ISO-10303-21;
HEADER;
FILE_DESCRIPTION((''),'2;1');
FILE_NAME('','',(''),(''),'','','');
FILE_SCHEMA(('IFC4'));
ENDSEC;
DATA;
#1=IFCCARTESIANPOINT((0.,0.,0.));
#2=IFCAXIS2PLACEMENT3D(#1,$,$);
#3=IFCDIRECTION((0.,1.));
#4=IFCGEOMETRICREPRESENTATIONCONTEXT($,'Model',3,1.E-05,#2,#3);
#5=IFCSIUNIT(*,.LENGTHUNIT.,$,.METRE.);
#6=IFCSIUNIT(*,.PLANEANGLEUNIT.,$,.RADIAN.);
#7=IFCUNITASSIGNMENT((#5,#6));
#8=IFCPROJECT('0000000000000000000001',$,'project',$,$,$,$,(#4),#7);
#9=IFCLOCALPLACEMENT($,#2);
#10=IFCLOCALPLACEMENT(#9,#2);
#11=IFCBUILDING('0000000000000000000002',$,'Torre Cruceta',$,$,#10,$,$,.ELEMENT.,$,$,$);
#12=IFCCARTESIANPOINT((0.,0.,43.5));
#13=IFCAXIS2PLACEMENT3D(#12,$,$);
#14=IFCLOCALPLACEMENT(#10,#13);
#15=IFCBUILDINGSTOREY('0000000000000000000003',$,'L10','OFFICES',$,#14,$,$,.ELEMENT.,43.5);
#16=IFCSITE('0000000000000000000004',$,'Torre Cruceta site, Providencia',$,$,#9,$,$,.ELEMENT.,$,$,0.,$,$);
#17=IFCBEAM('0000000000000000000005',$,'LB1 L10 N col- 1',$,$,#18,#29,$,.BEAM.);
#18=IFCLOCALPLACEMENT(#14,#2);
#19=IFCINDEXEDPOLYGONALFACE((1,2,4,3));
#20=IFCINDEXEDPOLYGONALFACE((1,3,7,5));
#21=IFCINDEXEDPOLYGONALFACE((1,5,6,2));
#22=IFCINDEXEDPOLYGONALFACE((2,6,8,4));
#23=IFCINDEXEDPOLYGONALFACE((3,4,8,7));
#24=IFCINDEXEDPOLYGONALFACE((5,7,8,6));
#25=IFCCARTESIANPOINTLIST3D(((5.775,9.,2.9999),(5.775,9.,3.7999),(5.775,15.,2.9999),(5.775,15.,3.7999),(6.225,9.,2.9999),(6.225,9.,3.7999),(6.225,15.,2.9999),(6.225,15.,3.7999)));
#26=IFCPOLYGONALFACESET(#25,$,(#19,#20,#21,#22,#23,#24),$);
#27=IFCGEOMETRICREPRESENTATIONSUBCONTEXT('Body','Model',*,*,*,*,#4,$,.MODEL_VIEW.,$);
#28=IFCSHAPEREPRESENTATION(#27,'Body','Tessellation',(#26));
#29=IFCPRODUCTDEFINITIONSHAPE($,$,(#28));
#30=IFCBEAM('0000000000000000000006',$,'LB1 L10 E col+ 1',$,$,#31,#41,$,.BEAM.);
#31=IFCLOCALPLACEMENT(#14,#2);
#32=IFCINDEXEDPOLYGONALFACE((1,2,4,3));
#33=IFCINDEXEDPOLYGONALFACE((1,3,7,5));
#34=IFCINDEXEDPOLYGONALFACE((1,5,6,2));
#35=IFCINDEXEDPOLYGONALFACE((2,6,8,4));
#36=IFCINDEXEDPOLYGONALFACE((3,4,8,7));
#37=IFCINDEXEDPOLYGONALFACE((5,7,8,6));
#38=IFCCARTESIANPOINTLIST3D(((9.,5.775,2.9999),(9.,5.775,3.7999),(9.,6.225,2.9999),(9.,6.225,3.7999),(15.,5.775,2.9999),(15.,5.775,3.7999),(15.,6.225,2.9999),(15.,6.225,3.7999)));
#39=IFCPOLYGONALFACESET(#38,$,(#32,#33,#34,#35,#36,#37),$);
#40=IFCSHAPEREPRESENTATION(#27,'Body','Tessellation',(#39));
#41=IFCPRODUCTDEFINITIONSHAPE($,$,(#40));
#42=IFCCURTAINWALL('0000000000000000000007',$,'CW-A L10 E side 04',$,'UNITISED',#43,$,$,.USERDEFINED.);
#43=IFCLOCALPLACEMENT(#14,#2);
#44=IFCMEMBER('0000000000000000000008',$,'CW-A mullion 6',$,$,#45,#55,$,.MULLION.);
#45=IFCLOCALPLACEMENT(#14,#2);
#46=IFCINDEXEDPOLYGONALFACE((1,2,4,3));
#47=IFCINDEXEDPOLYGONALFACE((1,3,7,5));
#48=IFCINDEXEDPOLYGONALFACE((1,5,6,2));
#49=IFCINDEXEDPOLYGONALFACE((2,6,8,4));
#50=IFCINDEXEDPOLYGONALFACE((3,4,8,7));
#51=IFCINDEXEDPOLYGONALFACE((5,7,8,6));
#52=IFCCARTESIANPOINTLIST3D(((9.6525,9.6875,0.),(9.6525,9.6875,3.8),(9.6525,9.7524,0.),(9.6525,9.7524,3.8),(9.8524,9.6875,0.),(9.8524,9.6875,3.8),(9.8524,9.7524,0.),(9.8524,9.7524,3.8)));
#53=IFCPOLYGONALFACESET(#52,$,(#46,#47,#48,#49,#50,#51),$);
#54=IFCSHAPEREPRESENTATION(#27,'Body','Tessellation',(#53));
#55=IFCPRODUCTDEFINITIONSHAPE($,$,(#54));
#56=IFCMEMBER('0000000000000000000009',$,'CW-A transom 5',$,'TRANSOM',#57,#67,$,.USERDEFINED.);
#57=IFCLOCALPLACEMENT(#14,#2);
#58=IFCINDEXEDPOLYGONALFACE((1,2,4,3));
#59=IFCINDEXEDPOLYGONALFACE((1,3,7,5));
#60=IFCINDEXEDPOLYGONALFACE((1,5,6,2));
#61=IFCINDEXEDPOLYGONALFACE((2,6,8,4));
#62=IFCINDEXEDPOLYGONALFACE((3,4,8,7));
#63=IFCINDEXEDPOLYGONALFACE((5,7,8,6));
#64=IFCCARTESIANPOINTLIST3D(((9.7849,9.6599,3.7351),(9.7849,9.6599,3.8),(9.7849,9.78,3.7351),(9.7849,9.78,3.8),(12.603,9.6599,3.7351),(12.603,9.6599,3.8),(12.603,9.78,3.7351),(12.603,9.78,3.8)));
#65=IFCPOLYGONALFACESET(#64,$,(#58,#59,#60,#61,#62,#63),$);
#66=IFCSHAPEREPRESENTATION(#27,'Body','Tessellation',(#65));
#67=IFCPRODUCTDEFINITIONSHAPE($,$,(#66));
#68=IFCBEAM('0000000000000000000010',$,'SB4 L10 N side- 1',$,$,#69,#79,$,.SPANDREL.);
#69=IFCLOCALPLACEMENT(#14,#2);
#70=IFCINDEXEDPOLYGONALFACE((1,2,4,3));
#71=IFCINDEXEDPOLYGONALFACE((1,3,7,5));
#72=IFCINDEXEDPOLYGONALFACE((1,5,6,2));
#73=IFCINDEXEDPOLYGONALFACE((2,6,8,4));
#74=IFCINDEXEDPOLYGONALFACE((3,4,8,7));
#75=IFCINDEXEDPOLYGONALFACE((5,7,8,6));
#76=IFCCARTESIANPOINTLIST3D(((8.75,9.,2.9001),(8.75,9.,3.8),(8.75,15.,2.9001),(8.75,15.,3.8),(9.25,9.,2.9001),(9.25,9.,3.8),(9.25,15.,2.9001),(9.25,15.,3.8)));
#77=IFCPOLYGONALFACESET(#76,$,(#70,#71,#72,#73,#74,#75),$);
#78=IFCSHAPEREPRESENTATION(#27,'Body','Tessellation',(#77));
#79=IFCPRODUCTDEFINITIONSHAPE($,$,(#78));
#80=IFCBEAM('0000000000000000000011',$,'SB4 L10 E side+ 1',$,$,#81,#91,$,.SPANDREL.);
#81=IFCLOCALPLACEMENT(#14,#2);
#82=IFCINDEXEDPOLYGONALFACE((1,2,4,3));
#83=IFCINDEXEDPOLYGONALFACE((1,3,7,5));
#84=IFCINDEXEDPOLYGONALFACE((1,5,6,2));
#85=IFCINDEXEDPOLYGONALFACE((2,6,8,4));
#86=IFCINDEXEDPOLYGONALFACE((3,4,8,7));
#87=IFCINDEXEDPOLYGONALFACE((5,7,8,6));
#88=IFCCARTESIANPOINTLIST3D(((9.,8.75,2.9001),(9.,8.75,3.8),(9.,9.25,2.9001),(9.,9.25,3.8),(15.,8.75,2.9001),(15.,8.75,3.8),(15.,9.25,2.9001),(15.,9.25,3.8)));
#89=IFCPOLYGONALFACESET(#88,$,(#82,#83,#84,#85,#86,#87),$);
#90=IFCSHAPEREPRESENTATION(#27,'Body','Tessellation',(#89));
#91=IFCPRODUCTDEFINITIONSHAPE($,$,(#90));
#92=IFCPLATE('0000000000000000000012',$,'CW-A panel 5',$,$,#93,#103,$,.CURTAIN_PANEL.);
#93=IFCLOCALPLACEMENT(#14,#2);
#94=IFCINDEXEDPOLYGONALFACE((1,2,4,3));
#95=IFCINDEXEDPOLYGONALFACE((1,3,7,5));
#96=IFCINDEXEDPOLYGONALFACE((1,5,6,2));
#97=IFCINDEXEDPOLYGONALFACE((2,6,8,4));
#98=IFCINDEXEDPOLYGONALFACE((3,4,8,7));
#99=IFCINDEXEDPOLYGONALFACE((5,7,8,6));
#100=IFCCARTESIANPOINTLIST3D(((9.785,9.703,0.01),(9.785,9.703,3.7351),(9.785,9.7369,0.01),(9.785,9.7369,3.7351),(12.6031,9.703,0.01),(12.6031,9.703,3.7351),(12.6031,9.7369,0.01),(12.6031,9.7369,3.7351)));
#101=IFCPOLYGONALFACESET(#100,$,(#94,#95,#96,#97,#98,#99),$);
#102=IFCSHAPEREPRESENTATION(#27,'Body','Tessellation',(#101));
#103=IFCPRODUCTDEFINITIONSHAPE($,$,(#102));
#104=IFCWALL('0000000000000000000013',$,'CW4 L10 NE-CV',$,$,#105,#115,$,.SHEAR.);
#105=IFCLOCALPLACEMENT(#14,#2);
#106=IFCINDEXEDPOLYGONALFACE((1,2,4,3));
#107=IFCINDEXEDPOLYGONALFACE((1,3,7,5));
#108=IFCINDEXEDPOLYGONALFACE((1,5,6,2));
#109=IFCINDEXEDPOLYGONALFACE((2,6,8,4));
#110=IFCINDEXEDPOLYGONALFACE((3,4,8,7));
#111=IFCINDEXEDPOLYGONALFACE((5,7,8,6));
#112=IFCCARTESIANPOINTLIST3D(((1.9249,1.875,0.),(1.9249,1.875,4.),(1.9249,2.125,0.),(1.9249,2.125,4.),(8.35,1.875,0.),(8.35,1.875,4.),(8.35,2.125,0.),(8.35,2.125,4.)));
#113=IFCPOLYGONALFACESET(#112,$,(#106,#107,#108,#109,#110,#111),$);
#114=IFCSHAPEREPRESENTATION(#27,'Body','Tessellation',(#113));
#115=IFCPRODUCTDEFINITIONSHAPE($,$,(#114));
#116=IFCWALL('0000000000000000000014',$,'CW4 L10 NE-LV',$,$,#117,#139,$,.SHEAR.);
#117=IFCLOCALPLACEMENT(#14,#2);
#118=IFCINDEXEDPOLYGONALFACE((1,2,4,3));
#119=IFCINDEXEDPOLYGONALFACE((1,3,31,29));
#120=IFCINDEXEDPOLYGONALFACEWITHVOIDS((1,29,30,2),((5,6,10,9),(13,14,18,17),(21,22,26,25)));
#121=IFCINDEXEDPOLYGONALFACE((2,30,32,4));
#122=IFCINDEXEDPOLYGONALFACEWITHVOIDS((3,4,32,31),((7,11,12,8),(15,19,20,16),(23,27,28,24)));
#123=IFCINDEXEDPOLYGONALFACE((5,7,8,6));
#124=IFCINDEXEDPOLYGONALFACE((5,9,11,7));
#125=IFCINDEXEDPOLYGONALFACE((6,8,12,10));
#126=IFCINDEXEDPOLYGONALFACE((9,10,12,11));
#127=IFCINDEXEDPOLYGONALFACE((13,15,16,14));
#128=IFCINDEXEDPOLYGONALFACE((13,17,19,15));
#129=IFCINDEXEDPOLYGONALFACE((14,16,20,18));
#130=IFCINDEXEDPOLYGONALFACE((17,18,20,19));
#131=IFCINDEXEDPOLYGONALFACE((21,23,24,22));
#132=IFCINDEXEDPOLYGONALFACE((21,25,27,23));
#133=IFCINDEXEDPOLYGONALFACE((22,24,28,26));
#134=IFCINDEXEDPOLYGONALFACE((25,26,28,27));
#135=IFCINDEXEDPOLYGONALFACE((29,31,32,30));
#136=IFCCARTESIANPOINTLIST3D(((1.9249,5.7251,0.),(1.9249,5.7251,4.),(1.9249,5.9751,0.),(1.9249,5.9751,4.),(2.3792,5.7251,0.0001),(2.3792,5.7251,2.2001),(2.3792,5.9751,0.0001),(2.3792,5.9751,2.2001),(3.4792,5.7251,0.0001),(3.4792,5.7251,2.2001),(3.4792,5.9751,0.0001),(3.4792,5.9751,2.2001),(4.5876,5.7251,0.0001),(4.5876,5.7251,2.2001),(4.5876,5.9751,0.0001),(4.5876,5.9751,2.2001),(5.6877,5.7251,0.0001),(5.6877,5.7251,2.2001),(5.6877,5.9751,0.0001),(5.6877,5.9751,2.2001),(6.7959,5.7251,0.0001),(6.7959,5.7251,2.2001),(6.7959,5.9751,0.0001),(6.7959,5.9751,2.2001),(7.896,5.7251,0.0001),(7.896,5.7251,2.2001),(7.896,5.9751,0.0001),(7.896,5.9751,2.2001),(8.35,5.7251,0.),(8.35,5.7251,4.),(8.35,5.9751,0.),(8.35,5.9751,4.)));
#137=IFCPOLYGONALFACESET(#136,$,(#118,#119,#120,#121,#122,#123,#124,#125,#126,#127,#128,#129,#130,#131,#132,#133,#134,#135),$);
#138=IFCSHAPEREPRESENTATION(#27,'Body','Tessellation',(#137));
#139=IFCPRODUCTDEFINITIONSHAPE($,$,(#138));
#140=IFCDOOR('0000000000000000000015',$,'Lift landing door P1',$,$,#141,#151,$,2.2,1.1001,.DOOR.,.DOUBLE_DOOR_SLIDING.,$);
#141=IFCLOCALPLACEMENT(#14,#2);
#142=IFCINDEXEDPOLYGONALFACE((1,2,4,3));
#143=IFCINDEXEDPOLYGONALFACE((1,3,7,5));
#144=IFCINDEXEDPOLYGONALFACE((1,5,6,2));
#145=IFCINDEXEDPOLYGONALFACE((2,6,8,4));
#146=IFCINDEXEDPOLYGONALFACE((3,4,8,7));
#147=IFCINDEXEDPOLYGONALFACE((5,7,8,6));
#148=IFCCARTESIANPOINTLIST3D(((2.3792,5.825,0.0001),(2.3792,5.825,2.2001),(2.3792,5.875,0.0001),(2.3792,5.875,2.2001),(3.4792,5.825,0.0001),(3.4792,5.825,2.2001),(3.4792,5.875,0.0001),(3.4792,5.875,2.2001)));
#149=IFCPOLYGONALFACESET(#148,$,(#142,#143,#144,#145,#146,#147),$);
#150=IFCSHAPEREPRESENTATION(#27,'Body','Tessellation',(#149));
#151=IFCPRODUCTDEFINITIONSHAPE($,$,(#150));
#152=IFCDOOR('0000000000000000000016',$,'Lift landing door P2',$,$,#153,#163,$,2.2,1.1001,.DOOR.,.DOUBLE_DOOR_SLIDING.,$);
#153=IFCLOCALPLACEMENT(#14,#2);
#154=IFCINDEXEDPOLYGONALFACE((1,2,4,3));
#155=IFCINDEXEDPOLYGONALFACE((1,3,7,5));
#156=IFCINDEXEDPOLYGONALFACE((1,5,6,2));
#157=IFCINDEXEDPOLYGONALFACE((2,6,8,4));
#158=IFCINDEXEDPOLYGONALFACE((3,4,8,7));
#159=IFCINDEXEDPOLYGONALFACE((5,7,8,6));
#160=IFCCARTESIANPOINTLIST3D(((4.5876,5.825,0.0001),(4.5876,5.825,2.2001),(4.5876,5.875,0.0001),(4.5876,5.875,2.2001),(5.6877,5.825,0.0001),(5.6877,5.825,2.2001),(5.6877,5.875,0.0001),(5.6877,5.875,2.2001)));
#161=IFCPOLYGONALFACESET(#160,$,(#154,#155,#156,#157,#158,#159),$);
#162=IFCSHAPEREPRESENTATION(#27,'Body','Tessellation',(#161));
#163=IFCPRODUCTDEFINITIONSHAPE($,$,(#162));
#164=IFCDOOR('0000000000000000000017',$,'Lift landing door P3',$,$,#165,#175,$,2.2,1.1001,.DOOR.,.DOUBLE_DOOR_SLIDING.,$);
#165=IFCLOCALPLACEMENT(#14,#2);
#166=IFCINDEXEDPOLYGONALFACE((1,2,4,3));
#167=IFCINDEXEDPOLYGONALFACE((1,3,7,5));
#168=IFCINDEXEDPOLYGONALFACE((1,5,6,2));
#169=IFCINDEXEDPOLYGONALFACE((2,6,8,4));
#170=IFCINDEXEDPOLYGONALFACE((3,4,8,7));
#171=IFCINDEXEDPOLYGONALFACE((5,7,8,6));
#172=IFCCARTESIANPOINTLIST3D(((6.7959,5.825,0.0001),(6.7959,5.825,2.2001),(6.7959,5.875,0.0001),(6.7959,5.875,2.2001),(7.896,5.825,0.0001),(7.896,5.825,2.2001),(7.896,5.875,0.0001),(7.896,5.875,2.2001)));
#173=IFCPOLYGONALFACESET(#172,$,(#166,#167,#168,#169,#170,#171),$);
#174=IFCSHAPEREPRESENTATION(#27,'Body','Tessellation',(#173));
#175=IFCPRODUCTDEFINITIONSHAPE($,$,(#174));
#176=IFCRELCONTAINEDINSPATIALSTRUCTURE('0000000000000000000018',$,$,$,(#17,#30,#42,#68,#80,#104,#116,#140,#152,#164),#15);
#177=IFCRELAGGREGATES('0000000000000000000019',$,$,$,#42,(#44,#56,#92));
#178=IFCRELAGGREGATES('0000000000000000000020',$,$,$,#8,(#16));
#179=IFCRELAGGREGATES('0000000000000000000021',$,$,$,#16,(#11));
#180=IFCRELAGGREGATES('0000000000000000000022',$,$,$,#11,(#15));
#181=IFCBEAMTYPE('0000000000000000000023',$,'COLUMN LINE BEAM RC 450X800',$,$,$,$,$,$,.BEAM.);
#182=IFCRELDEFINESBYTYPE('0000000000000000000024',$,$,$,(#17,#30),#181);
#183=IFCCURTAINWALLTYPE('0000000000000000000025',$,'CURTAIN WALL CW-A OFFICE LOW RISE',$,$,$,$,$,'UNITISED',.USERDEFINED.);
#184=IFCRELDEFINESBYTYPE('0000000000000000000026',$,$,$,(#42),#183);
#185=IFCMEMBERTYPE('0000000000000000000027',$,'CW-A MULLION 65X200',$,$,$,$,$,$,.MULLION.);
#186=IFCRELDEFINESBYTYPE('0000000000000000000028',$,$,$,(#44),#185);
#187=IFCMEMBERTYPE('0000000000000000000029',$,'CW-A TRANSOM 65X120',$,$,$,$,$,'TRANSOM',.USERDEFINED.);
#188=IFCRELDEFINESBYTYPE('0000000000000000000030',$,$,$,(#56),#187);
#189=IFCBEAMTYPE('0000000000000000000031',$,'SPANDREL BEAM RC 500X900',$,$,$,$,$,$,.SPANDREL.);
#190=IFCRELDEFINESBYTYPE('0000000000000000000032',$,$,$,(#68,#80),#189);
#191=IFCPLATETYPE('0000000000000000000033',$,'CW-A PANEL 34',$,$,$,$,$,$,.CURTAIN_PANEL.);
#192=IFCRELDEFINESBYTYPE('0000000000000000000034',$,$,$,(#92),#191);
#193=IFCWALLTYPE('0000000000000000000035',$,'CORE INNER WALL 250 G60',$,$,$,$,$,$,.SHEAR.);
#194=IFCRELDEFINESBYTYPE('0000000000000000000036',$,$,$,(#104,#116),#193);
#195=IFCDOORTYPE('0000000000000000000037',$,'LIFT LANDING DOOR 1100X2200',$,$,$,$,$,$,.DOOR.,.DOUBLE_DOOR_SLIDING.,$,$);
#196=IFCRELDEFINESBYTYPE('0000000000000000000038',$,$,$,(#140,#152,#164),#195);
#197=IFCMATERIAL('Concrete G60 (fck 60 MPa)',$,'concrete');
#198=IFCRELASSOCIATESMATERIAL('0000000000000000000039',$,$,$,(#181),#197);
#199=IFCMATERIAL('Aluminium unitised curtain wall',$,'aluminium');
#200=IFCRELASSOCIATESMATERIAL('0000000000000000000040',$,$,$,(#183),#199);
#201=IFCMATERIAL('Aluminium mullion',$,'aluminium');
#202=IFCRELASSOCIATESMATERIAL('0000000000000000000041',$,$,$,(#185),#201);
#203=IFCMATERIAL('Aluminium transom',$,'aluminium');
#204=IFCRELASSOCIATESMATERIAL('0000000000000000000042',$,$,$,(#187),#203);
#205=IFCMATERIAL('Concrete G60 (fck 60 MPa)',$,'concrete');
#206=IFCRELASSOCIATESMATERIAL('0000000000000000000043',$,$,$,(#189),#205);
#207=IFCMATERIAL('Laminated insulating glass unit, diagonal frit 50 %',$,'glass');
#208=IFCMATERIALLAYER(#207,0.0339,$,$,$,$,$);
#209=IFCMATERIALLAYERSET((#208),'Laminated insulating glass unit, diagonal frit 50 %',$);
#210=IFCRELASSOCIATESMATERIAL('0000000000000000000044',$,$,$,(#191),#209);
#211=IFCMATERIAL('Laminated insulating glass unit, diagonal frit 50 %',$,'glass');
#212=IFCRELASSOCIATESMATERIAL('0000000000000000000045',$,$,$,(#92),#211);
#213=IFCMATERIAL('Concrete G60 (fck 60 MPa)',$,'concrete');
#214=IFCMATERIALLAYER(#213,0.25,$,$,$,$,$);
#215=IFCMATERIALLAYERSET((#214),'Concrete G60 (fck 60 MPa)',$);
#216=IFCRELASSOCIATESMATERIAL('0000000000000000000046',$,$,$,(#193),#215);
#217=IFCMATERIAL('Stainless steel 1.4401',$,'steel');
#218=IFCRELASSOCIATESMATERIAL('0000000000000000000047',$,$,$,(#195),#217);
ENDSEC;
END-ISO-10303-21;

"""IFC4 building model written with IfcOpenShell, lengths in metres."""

from ifc_helpers import new_model, si_unit, direction, frame, frame_2d, origin, origin_2d, place, context, subcontext, project, spatial, rectangle, extrude, material, layer, layer_set, material_profile, profile_set, type_object, element, fill, aggregate, save


model = new_model("IFC4")

# Units and contexts
model_context = context("Model", 3, precision=1e-05, world=origin(), true_north=direction((0.0, 1.0)))
body_context = subcontext(model_context, "Body", "Model", "MODEL_VIEW")
ifc_project = project(units=[si_unit("LENGTHUNIT", "METRE"), si_unit("PLANEANGLEUNIT", "RADIAN")], contexts=[model_context])

# Site, building, storey
site_placement = place(None, origin())
site = spatial("IfcSite", under=ifc_project, at=site_placement, Name="Torre Cruceta site, Providencia", CompositionType="ELEMENT", RefElevation=0.0)
building_placement = place(site_placement, origin())
building = spatial("IfcBuilding", under=site, at=building_placement, Name="Torre Cruceta", CompositionType="ELEMENT")
storey_placement = place(building_placement, frame((0.0, 0.0, 43.5)))
storey = spatial("IfcBuildingStorey", under=building, at=storey_placement, Name="L10", Description="OFFICES", CompositionType="ELEMENT", Elevation=43.5)

# Beams
ifc_material_1 = material(Name="Concrete G60 (fck 60 MPa)", Category="concrete")
ifc_material_profile_1 = material_profile(ifc_material_1, rectangle(XDim=0.45, YDim=0.8, at=origin_2d()), Name="RC 450X800")
ifc_profile_set_1 = profile_set([ifc_material_profile_1], Name="Concrete G60 (fck 60 MPa)")
beam_type_1 = type_object("IfcBeamType", Name="COLUMN LINE BEAM RC 450X800", PredefinedType="BEAM", material=ifc_profile_set_1)
for number, where, z_axis, x_axis, name in (
    (1, (6.0, 9.0, 3.3999), (0.0, 1.0, 0.0), (-1.0, 0.0, 0.0), "LB1 L10 N col- 1"),
    (2, (9.0, 6.0, 3.3999), (1.0, 0.0, 0.0), (0.0, 1.0, 0.0), "LB1 L10 E col+ 1"),
):
    element("IfcBeam", number, at=place(storey_placement, frame(where, z_axis=z_axis, x_axis=x_axis)), inside=storey, type_object=beam_type_1, Name=name, PredefinedType="BEAM", context=body_context, shape_type="SweptSolid", body=[
        extrude(rectangle(XDim=0.45, YDim=0.8, at=origin_2d()), origin(), (0.0, 0.0, 1.0), 6.0),
    ])

# Curtain wall, members
ifc_material_2 = material(Name="Aluminium unitised curtain wall", Category="aluminium")
curtain_wall_type = type_object("IfcCurtainWallType", Name="CURTAIN WALL CW-A OFFICE LOW RISE", ElementType="UNITISED", PredefinedType="USERDEFINED", material=ifc_material_2)
curtain_wall_placement = place(storey_placement, origin())
curtain_wall = element("IfcCurtainWall", 3, at=curtain_wall_placement, inside=storey, type_object=curtain_wall_type, Name="CW-A L10 E side 04", ObjectType="UNITISED", PredefinedType="USERDEFINED")
ifc_material_3 = material(Name="Aluminium mullion", Category="aluminium")
ifc_material_profile_2 = material_profile(ifc_material_3, rectangle(XDim=0.0649, YDim=0.2, at=origin_2d()), Name="AL 65X200")
ifc_profile_set_2 = profile_set([ifc_material_profile_2], Name="Aluminium mullion")
member_type_1 = type_object("IfcMemberType", Name="CW-A MULLION 65X200", PredefinedType="MULLION", material=ifc_profile_set_2)
member_1_placement = place(storey_placement, frame((9.7524, 9.72, 0.0), z_axis=(0.0, 0.0, 1.0), x_axis=(0.0, -1.0, 0.0)))
member_1 = element("IfcMember", 4, at=member_1_placement, type_object=member_type_1, Name="CW-A mullion 6", PredefinedType="MULLION", context=body_context, shape_type="SweptSolid", body=[
    extrude(rectangle(XDim=0.0649, YDim=0.2, at=origin_2d()), origin(), (0.0, 0.0, 1.0), 3.8),
])
ifc_material_4 = material(Name="Aluminium transom", Category="aluminium")
ifc_material_profile_3 = material_profile(ifc_material_4, rectangle(XDim=0.1201, YDim=0.0649, at=origin_2d()), Name="AL 120X65")
ifc_profile_set_3 = profile_set([ifc_material_profile_3], Name="Aluminium transom")
member_type_2 = type_object("IfcMemberType", Name="CW-A TRANSOM 65X120", ElementType="TRANSOM", PredefinedType="USERDEFINED", material=ifc_profile_set_3)
member_2_placement = place(storey_placement, frame((12.603, 9.72, 3.7676), z_axis=(-1.0, 0.0, 0.0), x_axis=(0.0, -1.0, 0.0)))
member_2 = element("IfcMember", 5, at=member_2_placement, type_object=member_type_2, Name="CW-A transom 5", ObjectType="TRANSOM", PredefinedType="USERDEFINED", context=body_context, shape_type="SweptSolid", body=[
    extrude(rectangle(XDim=0.1201, YDim=0.0649, at=origin_2d()), origin(), (0.0, 0.0, 1.0), 2.8181),
])

# Beams
ifc_material_5 = material(Name="Concrete G60 (fck 60 MPa)", Category="concrete")
ifc_material_profile_4 = material_profile(ifc_material_5, rectangle(XDim=0.5, YDim=0.8999, at=origin_2d()), Name="RC 500X900")
ifc_profile_set_4 = profile_set([ifc_material_profile_4], Name="Concrete G60 (fck 60 MPa)")
beam_type_2 = type_object("IfcBeamType", Name="SPANDREL BEAM RC 500X900", PredefinedType="SPANDREL", material=ifc_profile_set_4)
for number, where, z_axis, x_axis, name in (
    (6, (9.0, 9.0, 3.3501), (0.0, 1.0, 0.0), (-1.0, 0.0, 0.0), "SB4 L10 N side- 1"),
    (7, (9.0, 9.0, 3.3501), (1.0, 0.0, 0.0), (0.0, 1.0, 0.0), "SB4 L10 E side+ 1"),
):
    element("IfcBeam", number, at=place(storey_placement, frame(where, z_axis=z_axis, x_axis=x_axis)), inside=storey, type_object=beam_type_2, Name=name, PredefinedType="SPANDREL", context=body_context, shape_type="SweptSolid", body=[
        extrude(rectangle(XDim=0.5, YDim=0.8999, at=origin_2d()), origin(), (0.0, 0.0, 1.0), 6.0),
    ])

# Plate
ifc_material_6 = material(Name="Laminated insulating glass unit, diagonal frit 50 %", Category="glass")
ifc_material_7 = material(Name="Laminated insulating glass unit, diagonal frit 50 %", Category="glass")
ifc_layer_1 = layer(ifc_material_7, 0.0339)
ifc_layer_set_1 = layer_set([ifc_layer_1], Name="Laminated insulating glass unit, diagonal frit 50 %")
plate_type = type_object("IfcPlateType", Name="CW-A PANEL 34", PredefinedType="CURTAIN_PANEL", material=ifc_layer_set_1)
plate_placement = place(storey_placement, frame((11.1941, 9.72, 0.01), z_axis=(0.0, 0.0, 1.0), x_axis=(-1.0, 0.0, 0.0)))
plate = element("IfcPlate", 8, at=plate_placement, type_object=plate_type, material=ifc_material_6, Name="CW-A panel 5", PredefinedType="CURTAIN_PANEL", context=body_context, shape_type="SweptSolid", body=[
    extrude(rectangle(XDim=2.8181, YDim=0.0339, at=origin_2d()), origin(), (0.0, 0.0, 1.0), 3.7251),
])
aggregate(curtain_wall, [member_1, member_2, plate])

# Shared definitions
ifc_material_8 = material(Name="Concrete G60 (fck 60 MPa)", Category="concrete")
ifc_layer_2 = layer(ifc_material_8, 0.25)
ifc_layer_set_2 = layer_set([ifc_layer_2], Name="Concrete G60 (fck 60 MPa)")
wall_type_1 = type_object("IfcWallType", Name="CORE INNER WALL 250 G60", PredefinedType="SHEAR", material=ifc_layer_set_2)

# Wall
wall_1_placement = place(storey_placement, frame((1.925, 2.0, 0.0), z_axis=(0.0, 0.0, 1.0), x_axis=(1.0, 0.0, 0.0)))
element("IfcWall", 9, at=wall_1_placement, inside=storey, type_object=wall_type_1, Name="CW4 L10 NE-CV", PredefinedType="SHEAR", context=body_context, shape_type="SweptSolid", body=[
    extrude(rectangle(XDim=6.425, YDim=0.25, at=frame_2d((3.2124, 0.0))), origin(), (0.0, 0.0, 1.0), 4.0),
])

# Wall, openings, doors
wall_2_placement = place(storey_placement, frame((1.925, 5.8501, 0.0), z_axis=(0.0, 0.0, 1.0), x_axis=(1.0, 0.0, 0.0)))
wall_2 = element("IfcWall", 10, at=wall_2_placement, inside=storey, type_object=wall_type_1, Name="CW4 L10 NE-LV", PredefinedType="SHEAR", context=body_context, shape_type="SweptSolid", body=[
    extrude(rectangle(XDim=6.425, YDim=0.25, at=frame_2d((3.2124, 0.0))), origin(), (0.0, 0.0, 1.0), 4.0),
])
opening_1_placement = place(wall_2_placement, frame((0.4541, 0.0, 0.0)))
opening_1 = element("IfcOpeningElement", 11, at=opening_1_placement, cuts=wall_2, PredefinedType="OPENING", context=body_context, shape_type="SweptSolid", body=[
    extrude(rectangle(XDim=1.1001, YDim=2.2, at=frame_2d((0.55, 1.1001))), frame((0.0, 0.135, 0.0), z_axis=(0.0, -1.0, 0.0), x_axis=(1.0, 0.0, 0.0)), (0.0, 0.0, 1.0), 0.27),
])
opening_2_placement = place(wall_2_placement, frame((2.6626, 0.0, 0.0)))
opening_2 = element("IfcOpeningElement", 12, at=opening_2_placement, cuts=wall_2, PredefinedType="OPENING", context=body_context, shape_type="SweptSolid", body=[
    extrude(rectangle(XDim=1.1001, YDim=2.2, at=frame_2d((0.55, 1.1001))), frame((0.0, 0.135, 0.0), z_axis=(0.0, -1.0, 0.0), x_axis=(1.0, 0.0, 0.0)), (0.0, 0.0, 1.0), 0.27),
])
opening_3_placement = place(wall_2_placement, frame((4.8708, 0.0, 0.0)))
opening_3 = element("IfcOpeningElement", 13, at=opening_3_placement, cuts=wall_2, PredefinedType="OPENING", context=body_context, shape_type="SweptSolid", body=[
    extrude(rectangle(XDim=1.1001, YDim=2.2, at=frame_2d((0.55, 1.1001))), frame((0.0, 0.135, 0.0), z_axis=(0.0, -1.0, 0.0), x_axis=(1.0, 0.0, 0.0)), (0.0, 0.0, 1.0), 0.27),
])
ifc_material_9 = material(Name="Stainless steel 1.4401", Category="steel")
door_type_1 = type_object("IfcDoorType", Name="LIFT LANDING DOOR 1100X2200", OperationType="DOUBLE_DOOR_SLIDING", PredefinedType="DOOR", material=ifc_material_9)
door_1_placement = place(opening_1_placement, origin())
door_1 = element("IfcDoor", 14, at=door_1_placement, inside=storey, type_object=door_type_1, Name="Lift landing door P1", OperationType="DOUBLE_DOOR_SLIDING", OverallHeight=2.2, OverallWidth=1.1001, PredefinedType="DOOR", context=body_context, shape_type="SweptSolid", body=[
    extrude(rectangle(XDim=1.1001, YDim=2.2, at=frame_2d((0.55, 1.1001))), frame((0.0, 0.0249, 0.0), z_axis=(0.0, -1.0, 0.0), x_axis=(1.0, 0.0, 0.0)), (0.0, 0.0, 1.0), 0.05),
])
fill(opening_1, door_1)
door_2_placement = place(opening_2_placement, origin())
door_2 = element("IfcDoor", 15, at=door_2_placement, inside=storey, type_object=door_type_1, Name="Lift landing door P2", OperationType="DOUBLE_DOOR_SLIDING", OverallHeight=2.2, OverallWidth=1.1001, PredefinedType="DOOR", context=body_context, shape_type="SweptSolid", body=[
    extrude(rectangle(XDim=1.1001, YDim=2.2, at=frame_2d((0.55, 1.1001))), frame((0.0, 0.0249, 0.0), z_axis=(0.0, -1.0, 0.0), x_axis=(1.0, 0.0, 0.0)), (0.0, 0.0, 1.0), 0.05),
])
fill(opening_2, door_2)
door_3_placement = place(opening_3_placement, origin())
door_3 = element("IfcDoor", 16, at=door_3_placement, inside=storey, type_object=door_type_1, Name="Lift landing door P3", OperationType="DOUBLE_DOOR_SLIDING", OverallHeight=2.2, OverallWidth=1.1001, PredefinedType="DOOR", context=body_context, shape_type="SweptSolid", body=[
    extrude(rectangle(XDim=1.1001, YDim=2.2, at=frame_2d((0.55, 1.1001))), frame((0.0, 0.0249, 0.0), z_axis=(0.0, -1.0, 0.0), x_axis=(1.0, 0.0, 0.0)), (0.0, 0.0, 1.0), 0.05),
])
fill(opening_3, door_3)

save(model, "model.ifc")
